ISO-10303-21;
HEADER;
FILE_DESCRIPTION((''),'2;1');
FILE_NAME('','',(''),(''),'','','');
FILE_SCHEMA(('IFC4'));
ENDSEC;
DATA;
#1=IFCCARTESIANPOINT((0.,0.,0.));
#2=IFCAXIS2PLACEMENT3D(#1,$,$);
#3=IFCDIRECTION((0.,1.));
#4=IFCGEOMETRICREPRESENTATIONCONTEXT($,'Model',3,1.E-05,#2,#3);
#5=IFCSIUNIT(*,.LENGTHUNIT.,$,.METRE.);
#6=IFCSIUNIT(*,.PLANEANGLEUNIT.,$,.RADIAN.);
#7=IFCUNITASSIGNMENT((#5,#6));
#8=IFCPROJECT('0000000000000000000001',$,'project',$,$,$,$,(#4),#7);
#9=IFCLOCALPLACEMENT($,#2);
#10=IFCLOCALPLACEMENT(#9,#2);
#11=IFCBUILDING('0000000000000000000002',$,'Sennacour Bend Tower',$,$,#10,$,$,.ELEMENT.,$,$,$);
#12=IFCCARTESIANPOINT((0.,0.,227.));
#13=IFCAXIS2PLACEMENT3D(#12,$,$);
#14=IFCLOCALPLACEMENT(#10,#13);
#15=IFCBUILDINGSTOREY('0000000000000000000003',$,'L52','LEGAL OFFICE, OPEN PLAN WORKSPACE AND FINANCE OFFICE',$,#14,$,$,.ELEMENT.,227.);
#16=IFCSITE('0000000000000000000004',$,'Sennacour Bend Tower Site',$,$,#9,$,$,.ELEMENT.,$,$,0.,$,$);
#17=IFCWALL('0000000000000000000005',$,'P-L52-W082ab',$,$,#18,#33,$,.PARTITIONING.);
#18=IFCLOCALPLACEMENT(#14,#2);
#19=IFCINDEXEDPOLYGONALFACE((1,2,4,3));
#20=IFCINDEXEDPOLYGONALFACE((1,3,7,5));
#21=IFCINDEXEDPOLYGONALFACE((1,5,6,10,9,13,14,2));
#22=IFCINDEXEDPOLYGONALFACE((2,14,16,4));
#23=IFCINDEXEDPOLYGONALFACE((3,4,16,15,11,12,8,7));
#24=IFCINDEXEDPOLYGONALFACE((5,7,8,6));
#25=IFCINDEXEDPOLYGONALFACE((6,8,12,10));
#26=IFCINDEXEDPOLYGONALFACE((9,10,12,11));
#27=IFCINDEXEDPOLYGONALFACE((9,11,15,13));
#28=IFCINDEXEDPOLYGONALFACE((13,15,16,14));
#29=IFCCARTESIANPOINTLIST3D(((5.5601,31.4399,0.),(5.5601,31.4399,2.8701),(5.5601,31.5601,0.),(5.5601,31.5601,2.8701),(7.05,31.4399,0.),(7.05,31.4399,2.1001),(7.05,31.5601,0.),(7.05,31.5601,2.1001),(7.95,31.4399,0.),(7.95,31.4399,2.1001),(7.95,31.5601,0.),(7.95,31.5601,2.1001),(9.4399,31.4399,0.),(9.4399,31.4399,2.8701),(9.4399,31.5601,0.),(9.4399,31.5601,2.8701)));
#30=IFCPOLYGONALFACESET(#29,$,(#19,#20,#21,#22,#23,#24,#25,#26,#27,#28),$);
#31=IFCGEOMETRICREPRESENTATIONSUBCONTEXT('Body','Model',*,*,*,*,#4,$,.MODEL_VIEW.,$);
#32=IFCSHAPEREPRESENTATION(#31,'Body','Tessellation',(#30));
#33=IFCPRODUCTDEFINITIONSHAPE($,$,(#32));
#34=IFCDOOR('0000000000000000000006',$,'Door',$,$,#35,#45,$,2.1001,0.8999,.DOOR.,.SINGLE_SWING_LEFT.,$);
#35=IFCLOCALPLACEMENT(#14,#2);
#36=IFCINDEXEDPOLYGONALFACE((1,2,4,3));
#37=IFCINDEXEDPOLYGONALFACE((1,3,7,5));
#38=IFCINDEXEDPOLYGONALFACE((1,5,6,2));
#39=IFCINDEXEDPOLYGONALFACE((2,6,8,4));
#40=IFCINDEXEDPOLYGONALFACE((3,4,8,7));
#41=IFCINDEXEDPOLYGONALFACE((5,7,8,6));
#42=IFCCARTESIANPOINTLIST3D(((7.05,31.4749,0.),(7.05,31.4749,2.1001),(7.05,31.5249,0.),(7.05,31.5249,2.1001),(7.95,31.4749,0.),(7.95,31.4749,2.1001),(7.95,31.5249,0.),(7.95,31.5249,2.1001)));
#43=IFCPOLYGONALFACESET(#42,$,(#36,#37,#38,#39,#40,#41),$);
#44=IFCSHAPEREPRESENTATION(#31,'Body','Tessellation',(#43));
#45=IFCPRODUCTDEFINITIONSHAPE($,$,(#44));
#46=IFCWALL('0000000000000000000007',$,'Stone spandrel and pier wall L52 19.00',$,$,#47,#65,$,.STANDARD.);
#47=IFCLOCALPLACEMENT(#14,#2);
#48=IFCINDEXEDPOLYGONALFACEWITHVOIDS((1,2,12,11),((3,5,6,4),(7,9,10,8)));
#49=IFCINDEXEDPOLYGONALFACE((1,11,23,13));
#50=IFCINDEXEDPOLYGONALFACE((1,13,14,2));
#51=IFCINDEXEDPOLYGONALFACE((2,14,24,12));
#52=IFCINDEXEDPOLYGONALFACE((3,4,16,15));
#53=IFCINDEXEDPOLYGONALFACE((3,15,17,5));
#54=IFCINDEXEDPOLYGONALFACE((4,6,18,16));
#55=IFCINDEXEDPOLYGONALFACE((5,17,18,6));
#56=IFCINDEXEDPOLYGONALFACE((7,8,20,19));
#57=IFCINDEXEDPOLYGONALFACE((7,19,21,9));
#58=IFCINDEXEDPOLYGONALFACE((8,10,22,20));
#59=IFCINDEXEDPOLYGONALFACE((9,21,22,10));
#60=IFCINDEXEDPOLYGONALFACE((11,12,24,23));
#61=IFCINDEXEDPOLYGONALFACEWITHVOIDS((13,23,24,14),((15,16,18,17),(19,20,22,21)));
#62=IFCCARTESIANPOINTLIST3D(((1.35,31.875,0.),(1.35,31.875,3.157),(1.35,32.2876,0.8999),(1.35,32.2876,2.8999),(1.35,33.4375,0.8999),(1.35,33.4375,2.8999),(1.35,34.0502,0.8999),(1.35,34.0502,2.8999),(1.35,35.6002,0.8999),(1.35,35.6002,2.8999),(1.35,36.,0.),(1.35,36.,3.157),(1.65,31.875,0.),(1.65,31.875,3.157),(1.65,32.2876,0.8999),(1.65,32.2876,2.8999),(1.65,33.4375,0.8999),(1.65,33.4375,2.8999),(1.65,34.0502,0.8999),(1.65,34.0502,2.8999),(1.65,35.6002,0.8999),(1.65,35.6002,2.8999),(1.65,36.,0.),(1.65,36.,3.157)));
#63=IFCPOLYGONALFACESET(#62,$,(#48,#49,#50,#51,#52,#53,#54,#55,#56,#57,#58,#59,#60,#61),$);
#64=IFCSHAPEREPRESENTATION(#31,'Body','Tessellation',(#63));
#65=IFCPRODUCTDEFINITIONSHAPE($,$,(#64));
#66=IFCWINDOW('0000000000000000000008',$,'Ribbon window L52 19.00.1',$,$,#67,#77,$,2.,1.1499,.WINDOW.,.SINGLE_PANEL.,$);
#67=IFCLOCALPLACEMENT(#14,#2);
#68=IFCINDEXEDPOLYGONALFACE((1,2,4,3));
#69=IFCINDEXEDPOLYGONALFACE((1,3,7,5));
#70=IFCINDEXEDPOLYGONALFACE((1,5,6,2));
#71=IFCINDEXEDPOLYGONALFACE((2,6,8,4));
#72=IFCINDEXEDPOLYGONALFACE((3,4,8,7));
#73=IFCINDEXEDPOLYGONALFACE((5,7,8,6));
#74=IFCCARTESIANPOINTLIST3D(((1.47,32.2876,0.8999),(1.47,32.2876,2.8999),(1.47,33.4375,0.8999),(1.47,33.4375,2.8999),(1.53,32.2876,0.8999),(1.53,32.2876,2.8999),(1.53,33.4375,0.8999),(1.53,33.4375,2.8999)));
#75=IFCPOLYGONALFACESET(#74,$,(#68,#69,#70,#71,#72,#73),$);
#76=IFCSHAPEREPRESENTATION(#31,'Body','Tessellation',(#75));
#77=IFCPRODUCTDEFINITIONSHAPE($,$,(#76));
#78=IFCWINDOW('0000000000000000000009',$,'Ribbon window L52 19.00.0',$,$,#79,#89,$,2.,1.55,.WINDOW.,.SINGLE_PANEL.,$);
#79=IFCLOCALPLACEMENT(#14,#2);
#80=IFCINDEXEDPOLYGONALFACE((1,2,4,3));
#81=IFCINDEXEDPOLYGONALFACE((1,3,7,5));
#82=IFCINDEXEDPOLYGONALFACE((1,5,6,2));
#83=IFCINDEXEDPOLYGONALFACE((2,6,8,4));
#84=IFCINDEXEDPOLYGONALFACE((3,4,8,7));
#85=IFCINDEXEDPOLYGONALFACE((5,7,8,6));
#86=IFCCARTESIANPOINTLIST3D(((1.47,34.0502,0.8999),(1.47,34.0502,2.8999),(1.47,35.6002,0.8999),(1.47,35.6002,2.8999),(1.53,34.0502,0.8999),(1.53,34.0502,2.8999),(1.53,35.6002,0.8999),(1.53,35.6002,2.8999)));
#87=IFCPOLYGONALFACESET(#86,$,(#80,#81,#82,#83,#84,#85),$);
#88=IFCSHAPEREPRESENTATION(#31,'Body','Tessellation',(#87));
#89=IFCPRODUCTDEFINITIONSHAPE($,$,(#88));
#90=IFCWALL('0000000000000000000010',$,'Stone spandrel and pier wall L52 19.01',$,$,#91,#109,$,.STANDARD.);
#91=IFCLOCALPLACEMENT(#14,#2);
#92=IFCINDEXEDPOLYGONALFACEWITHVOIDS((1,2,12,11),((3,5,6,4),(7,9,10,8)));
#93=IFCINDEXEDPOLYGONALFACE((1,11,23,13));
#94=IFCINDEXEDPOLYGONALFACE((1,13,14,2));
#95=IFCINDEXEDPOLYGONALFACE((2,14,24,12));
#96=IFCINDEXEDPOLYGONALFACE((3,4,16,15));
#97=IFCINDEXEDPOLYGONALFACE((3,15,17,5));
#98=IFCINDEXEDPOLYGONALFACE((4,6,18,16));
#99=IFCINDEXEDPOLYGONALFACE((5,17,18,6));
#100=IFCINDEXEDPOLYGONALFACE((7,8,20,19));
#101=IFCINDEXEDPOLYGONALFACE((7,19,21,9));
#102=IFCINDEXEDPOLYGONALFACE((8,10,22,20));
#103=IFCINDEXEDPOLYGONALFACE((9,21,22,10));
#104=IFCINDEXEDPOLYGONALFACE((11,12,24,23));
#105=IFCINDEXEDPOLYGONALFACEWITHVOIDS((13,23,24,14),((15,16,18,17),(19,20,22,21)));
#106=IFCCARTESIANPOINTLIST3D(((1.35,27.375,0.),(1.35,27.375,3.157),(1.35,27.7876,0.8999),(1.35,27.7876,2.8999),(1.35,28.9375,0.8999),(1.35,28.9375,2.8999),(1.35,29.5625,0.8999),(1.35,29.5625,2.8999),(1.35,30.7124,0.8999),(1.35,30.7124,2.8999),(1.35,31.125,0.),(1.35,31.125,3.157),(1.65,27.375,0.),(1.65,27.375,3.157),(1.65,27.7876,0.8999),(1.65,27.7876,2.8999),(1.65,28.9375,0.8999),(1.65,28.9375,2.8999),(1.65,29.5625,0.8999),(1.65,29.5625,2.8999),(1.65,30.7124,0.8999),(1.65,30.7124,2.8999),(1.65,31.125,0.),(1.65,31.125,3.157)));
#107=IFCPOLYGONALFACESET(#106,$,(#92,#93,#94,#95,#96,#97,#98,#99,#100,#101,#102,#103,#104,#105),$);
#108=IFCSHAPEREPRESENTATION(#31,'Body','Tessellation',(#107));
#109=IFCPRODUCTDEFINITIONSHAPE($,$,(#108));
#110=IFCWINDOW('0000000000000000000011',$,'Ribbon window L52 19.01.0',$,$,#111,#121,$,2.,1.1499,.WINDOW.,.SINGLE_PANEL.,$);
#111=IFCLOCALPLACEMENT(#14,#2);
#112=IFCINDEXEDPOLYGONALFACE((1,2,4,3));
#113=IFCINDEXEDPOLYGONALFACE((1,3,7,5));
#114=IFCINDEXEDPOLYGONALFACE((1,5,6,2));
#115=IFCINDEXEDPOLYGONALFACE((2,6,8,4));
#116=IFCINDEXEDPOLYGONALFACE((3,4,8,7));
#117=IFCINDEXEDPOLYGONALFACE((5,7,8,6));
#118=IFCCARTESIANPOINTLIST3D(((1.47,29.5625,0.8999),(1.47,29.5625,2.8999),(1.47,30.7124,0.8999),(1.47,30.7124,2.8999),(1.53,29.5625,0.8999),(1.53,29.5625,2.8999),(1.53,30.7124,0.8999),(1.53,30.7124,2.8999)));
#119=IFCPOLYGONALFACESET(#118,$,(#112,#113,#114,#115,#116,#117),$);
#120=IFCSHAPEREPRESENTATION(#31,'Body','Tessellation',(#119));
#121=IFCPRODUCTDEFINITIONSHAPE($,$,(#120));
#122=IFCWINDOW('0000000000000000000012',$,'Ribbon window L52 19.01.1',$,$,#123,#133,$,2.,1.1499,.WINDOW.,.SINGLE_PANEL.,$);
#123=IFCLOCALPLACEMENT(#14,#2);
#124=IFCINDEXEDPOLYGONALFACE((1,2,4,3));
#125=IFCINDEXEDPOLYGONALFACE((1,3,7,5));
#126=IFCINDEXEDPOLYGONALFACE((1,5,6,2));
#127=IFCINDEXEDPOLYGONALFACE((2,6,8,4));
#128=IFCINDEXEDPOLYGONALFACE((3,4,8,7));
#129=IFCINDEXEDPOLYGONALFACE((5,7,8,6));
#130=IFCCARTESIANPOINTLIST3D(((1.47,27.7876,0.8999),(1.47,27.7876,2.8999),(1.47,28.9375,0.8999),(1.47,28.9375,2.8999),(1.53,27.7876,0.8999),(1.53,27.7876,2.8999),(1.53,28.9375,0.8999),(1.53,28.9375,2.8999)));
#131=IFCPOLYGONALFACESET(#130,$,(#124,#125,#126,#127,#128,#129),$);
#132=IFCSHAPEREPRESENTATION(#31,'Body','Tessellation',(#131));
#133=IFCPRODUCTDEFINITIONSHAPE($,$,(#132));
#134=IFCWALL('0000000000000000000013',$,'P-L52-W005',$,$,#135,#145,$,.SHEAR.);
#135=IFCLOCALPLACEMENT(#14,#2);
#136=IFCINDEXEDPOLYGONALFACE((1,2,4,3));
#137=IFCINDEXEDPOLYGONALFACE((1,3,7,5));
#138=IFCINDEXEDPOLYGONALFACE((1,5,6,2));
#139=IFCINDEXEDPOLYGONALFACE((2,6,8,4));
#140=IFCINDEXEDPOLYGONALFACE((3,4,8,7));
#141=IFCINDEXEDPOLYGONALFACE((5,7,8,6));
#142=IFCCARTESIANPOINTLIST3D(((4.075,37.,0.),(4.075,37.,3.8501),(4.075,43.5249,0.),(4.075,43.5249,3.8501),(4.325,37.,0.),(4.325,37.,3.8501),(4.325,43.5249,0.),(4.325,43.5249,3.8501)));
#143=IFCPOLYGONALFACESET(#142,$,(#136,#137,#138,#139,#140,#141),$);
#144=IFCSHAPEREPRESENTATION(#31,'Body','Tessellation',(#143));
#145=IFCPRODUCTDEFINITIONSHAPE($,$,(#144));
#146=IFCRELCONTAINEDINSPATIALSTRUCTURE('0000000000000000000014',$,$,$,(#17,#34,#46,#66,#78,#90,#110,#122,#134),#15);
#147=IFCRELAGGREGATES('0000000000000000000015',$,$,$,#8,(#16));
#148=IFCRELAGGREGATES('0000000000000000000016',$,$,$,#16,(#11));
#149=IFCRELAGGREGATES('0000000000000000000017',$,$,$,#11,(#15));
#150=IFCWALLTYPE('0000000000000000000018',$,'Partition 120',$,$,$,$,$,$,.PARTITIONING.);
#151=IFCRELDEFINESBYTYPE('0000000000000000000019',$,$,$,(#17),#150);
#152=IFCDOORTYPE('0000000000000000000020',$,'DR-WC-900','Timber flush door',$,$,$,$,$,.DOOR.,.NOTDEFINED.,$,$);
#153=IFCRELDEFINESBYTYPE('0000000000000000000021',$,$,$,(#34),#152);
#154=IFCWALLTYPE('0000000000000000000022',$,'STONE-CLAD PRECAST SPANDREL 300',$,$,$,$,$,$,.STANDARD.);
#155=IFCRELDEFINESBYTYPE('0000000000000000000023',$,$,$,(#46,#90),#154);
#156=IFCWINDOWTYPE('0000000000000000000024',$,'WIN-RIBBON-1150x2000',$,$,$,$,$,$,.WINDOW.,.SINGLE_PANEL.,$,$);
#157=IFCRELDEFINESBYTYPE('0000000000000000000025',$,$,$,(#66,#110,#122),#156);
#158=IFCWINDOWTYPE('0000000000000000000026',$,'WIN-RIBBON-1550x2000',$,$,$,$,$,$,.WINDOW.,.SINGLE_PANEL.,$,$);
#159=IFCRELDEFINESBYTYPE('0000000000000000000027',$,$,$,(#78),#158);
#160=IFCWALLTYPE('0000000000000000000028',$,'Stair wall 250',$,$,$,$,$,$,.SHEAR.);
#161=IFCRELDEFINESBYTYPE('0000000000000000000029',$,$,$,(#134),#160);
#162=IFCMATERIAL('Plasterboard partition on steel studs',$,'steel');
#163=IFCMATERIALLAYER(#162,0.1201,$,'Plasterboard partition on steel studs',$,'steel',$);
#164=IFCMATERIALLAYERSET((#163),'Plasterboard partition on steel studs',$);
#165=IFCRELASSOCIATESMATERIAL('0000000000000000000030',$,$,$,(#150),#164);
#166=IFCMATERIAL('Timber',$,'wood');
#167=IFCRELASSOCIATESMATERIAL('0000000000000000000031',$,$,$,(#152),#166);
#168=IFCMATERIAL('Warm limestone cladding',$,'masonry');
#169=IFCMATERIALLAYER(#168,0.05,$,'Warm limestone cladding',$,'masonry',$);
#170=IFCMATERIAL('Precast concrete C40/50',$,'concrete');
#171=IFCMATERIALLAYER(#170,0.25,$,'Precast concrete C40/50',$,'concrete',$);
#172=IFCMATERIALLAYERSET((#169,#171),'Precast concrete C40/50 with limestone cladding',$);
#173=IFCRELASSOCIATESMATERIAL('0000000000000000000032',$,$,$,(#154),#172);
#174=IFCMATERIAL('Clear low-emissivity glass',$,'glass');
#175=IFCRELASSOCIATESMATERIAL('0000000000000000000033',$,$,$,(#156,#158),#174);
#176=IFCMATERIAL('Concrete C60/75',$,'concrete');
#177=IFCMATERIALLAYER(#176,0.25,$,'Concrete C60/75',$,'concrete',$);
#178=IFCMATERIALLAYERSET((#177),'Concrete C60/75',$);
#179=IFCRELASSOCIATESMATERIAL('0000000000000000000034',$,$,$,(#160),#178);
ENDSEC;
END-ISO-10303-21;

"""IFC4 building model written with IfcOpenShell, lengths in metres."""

from ifc_helpers import new_model, si_unit, direction, frame, frame_2d, origin, place, context, subcontext, project, spatial, rectangle, extrude, material, layer, layer_set, type_object, element, fill, save


model = new_model("IFC4")

# Units and contexts
model_context = context("Model", 3, precision=1e-05, world=origin(), true_north=direction((0.0, 1.0)))
body_context = subcontext(model_context, "Body", "Model", "MODEL_VIEW")
ifc_project = project(units=[si_unit("LENGTHUNIT", "METRE"), si_unit("PLANEANGLEUNIT", "RADIAN")], contexts=[model_context])

# Site, building, storey
site_placement = place(None, origin())
site = spatial("IfcSite", under=ifc_project, at=site_placement, Name="Sennacour Bend Tower Site", CompositionType="ELEMENT", RefElevation=0.0)
building_placement = place(site_placement, origin())
building = spatial("IfcBuilding", under=site, at=building_placement, Name="Sennacour Bend Tower", CompositionType="ELEMENT")
storey_placement = place(building_placement, frame((0.0, 0.0, 227.0)))
storey = spatial("IfcBuildingStorey", under=building, at=storey_placement, Name="L52", Description="LEGAL OFFICE, OPEN PLAN WORKSPACE AND FINANCE OFFICE", CompositionType="ELEMENT", Elevation=227.0)

# Shared definitions
ifc_material_1 = material(Name="Concrete C60/75", Category="concrete")

# Shared definitions
ifc_material_2 = material(Name="Plasterboard partition on steel studs", Category="steel")
ifc_layer_1 = layer(ifc_material_2, 0.1201, Name="Plasterboard partition on steel studs", Category="steel")
ifc_layer_set_1 = layer_set([ifc_layer_1], Name="Plasterboard partition on steel studs")
wall_type_1 = type_object("IfcWallType", Name="Partition 120", PredefinedType="PARTITIONING", material=ifc_layer_set_1)

# Wall, opening, door
ifc_material_3 = material(Name="Timber", Category="wood")
door_type_1 = type_object("IfcDoorType", Name="DR-WC-900", Description="Timber flush door", OperationType="NOTDEFINED", PredefinedType="DOOR", material=ifc_material_3)
wall_1_placement = place(storey_placement, frame((5.5601, 31.5, 0.0), z_axis=(0.0, 0.0, 1.0), x_axis=(1.0, 0.0, 0.0)))
wall_1 = element("IfcWall", 1, at=wall_1_placement, inside=storey, type_object=wall_type_1, Name="P-L52-W082ab", PredefinedType="PARTITIONING", context=body_context, shape_type="SweptSolid", body=[
    extrude(rectangle(XDim=3.8799, YDim=0.1201, at=frame_2d((1.9399, 0.0))), origin(), (0.0, 0.0, 1.0), 2.8701),
])
opening_1_placement = place(wall_1_placement, frame((1.49, 0.0, 0.0)))
opening_1 = element("IfcOpeningElement", 2, at=opening_1_placement, cuts=wall_1, PredefinedType="OPENING", context=body_context, shape_type="SweptSolid", body=[
    extrude(rectangle(XDim=0.8999, YDim=2.1001, at=frame_2d((0.45, 1.05))), frame((0.0, 0.0701, 0.0), z_axis=(0.0, -1.0, 0.0), x_axis=(1.0, 0.0, 0.0)), (0.0, 0.0, 1.0), 0.1401),
])
door_1_placement = place(opening_1_placement, origin())
door_1 = element("IfcDoor", 3, at=door_1_placement, inside=storey, type_object=door_type_1, Name="Door", OperationType="SINGLE_SWING_LEFT", OverallHeight=2.1001, OverallWidth=0.8999, PredefinedType="DOOR", context=body_context, shape_type="SweptSolid", body=[
    extrude(rectangle(XDim=0.8999, YDim=2.1001, at=frame_2d((0.45, 1.05))), frame((0.0, 0.0249, 0.0), z_axis=(0.0, -1.0, 0.0), x_axis=(1.0, 0.0, 0.0)), (0.0, 0.0, 1.0), 0.05),
])
fill(opening_1, door_1)

# Walls, openings, windows
ifc_material_4 = material(Name="Warm limestone cladding", Category="masonry")
ifc_layer_2 = layer(ifc_material_4, 0.05, Name="Warm limestone cladding", Category="masonry")
ifc_material_5 = material(Name="Precast concrete C40/50", Category="concrete")
ifc_layer_3 = layer(ifc_material_5, 0.25, Name="Precast concrete C40/50", Category="concrete")
ifc_layer_set_2 = layer_set([ifc_layer_2, ifc_layer_3], Name="Precast concrete C40/50 with limestone cladding")
wall_type_2 = type_object("IfcWallType", Name="STONE-CLAD PRECAST SPANDREL 300", PredefinedType="STANDARD", material=ifc_layer_set_2)
wall_2_placement = place(storey_placement, frame((1.5, 36.0, 0.0), z_axis=(0.0, 0.0, 1.0), x_axis=(0.0, -1.0, 0.0)))
wall_2 = element("IfcWall", 4, at=wall_2_placement, inside=storey, type_object=wall_type_2, Name="Stone spandrel and pier wall L52 19.00", PredefinedType="STANDARD", context=body_context, shape_type="SweptSolid", body=[
    extrude(rectangle(XDim=4.125, YDim=0.3, at=frame_2d((2.0625, 0.0))), origin(), (0.0, 0.0, 1.0), 3.157),
])
opening_2_placement = place(wall_2_placement, frame((0.3999, 0.0, 0.8999)))
opening_2 = element("IfcOpeningElement", 5, at=opening_2_placement, cuts=wall_2, PredefinedType="OPENING", context=body_context, shape_type="SweptSolid", body=[
    extrude(rectangle(XDim=1.55, YDim=2.0, at=frame_2d((0.7749, 1.0))), frame((0.0, 0.1602, 0.0), z_axis=(0.0, -1.0, 0.0), x_axis=(1.0, 0.0, 0.0)), (0.0, 0.0, 1.0), 0.3201),
])
opening_3_placement = place(wall_2_placement, frame((2.5625, 0.0, 0.8999)))
opening_3 = element("IfcOpeningElement", 6, at=opening_3_placement, cuts=wall_2, PredefinedType="OPENING", context=body_context, shape_type="SweptSolid", body=[
    extrude(rectangle(XDim=1.1499, YDim=2.0, at=frame_2d((0.575, 1.0))), frame((0.0, 0.1602, 0.0), z_axis=(0.0, -1.0, 0.0), x_axis=(1.0, 0.0, 0.0)), (0.0, 0.0, 1.0), 0.3201),
])
ifc_material_6 = material(Name="Clear low-emissivity glass", Category="glass")
window_type_1 = type_object("IfcWindowType", Name="WIN-RIBBON-1150x2000", PartitioningType="SINGLE_PANEL", PredefinedType="WINDOW", material=ifc_material_6)
window_1_placement = place(opening_3_placement, origin())
window_1 = element("IfcWindow", 7, at=window_1_placement, inside=storey, type_object=window_type_1, Name="Ribbon window L52 19.00.1", OverallHeight=2.0, OverallWidth=1.1499, PartitioningType="SINGLE_PANEL", PredefinedType="WINDOW", context=body_context, shape_type="SweptSolid", body=[
    extrude(rectangle(XDim=1.1499, YDim=2.0, at=frame_2d((0.575, 1.0))), frame((0.0, 0.03, 0.0), z_axis=(0.0, -1.0, 0.0), x_axis=(1.0, 0.0, 0.0)), (0.0, 0.0, 1.0), 0.0601),
])
fill(opening_3, window_1)
window_type_2 = type_object("IfcWindowType", Name="WIN-RIBBON-1550x2000", PartitioningType="SINGLE_PANEL", PredefinedType="WINDOW", material=ifc_material_6)
window_2_placement = place(opening_2_placement, origin())
window_2 = element("IfcWindow", 8, at=window_2_placement, inside=storey, type_object=window_type_2, Name="Ribbon window L52 19.00.0", OverallHeight=2.0, OverallWidth=1.55, PartitioningType="SINGLE_PANEL", PredefinedType="WINDOW", context=body_context, shape_type="SweptSolid", body=[
    extrude(rectangle(XDim=1.55, YDim=2.0, at=frame_2d((0.7749, 1.0))), frame((0.0, 0.03, 0.0), z_axis=(0.0, -1.0, 0.0), x_axis=(1.0, 0.0, 0.0)), (0.0, 0.0, 1.0), 0.0601),
])
fill(opening_2, window_2)
wall_3_placement = place(storey_placement, frame((1.5, 31.125, 0.0), z_axis=(0.0, 0.0, 1.0), x_axis=(0.0, -1.0, 0.0)))
wall_3 = element("IfcWall", 9, at=wall_3_placement, inside=storey, type_object=wall_type_2, Name="Stone spandrel and pier wall L52 19.01", PredefinedType="STANDARD", context=body_context, shape_type="SweptSolid", body=[
    extrude(rectangle(XDim=3.75, YDim=0.3, at=frame_2d((1.875, 0.0))), origin(), (0.0, 0.0, 1.0), 3.157),
])
opening_4_placement = place(wall_3_placement, frame((0.4126, 0.0, 0.8999)))
opening_4 = element("IfcOpeningElement", 10, at=opening_4_placement, cuts=wall_3, PredefinedType="OPENING", context=body_context, shape_type="SweptSolid", body=[
    extrude(rectangle(XDim=1.1499, YDim=2.0, at=frame_2d((0.575, 1.0))), frame((0.0, 0.1602, 0.0), z_axis=(0.0, -1.0, 0.0), x_axis=(1.0, 0.0, 0.0)), (0.0, 0.0, 1.0), 0.3201),
])
opening_5_placement = place(wall_3_placement, frame((2.1875, 0.0, 0.8999)))
opening_5 = element("IfcOpeningElement", 11, at=opening_5_placement, cuts=wall_3, PredefinedType="OPENING", context=body_context, shape_type="SweptSolid", body=[
    extrude(rectangle(XDim=1.1499, YDim=2.0, at=frame_2d((0.575, 1.0))), frame((0.0, 0.1602, 0.0), z_axis=(0.0, -1.0, 0.0), x_axis=(1.0, 0.0, 0.0)), (0.0, 0.0, 1.0), 0.3201),
])
window_3_placement = place(opening_4_placement, origin())
window_3 = element("IfcWindow", 12, at=window_3_placement, inside=storey, type_object=window_type_1, Name="Ribbon window L52 19.01.0", OverallHeight=2.0, OverallWidth=1.1499, PartitioningType="SINGLE_PANEL", PredefinedType="WINDOW", context=body_context, shape_type="SweptSolid", body=[
    extrude(rectangle(XDim=1.1499, YDim=2.0, at=frame_2d((0.575, 1.0))), frame((0.0, 0.03, 0.0), z_axis=(0.0, -1.0, 0.0), x_axis=(1.0, 0.0, 0.0)), (0.0, 0.0, 1.0), 0.0601),
])
fill(opening_4, window_3)
window_4_placement = place(opening_5_placement, origin())
window_4 = element("IfcWindow", 13, at=window_4_placement, inside=storey, type_object=window_type_1, Name="Ribbon window L52 19.01.1", OverallHeight=2.0, OverallWidth=1.1499, PartitioningType="SINGLE_PANEL", PredefinedType="WINDOW", context=body_context, shape_type="SweptSolid", body=[
    extrude(rectangle(XDim=1.1499, YDim=2.0, at=frame_2d((0.575, 1.0))), frame((0.0, 0.03, 0.0), z_axis=(0.0, -1.0, 0.0), x_axis=(1.0, 0.0, 0.0)), (0.0, 0.0, 1.0), 0.0601),
])
fill(opening_5, window_4)

# Wall
ifc_layer_4 = layer(ifc_material_1, 0.25, Name="Concrete C60/75", Category="concrete")
ifc_layer_set_3 = layer_set([ifc_layer_4], Name="Concrete C60/75")
wall_type_3 = type_object("IfcWallType", Name="Stair wall 250", PredefinedType="SHEAR", material=ifc_layer_set_3)
wall_4_placement = place(storey_placement, frame((4.2, 37.0, 0.0), z_axis=(0.0, 0.0, 1.0), x_axis=(0.0, 1.0, 0.0)))
element("IfcWall", 14, at=wall_4_placement, inside=storey, type_object=wall_type_3, Name="P-L52-W005", PredefinedType="SHEAR", context=body_context, shape_type="SweptSolid", body=[
    extrude(rectangle(XDim=6.5249, YDim=0.25, at=frame_2d((3.2625, 0.0))), origin(), (0.0, 0.0, 1.0), 3.8501),
])

save(model, "model.ifc")
